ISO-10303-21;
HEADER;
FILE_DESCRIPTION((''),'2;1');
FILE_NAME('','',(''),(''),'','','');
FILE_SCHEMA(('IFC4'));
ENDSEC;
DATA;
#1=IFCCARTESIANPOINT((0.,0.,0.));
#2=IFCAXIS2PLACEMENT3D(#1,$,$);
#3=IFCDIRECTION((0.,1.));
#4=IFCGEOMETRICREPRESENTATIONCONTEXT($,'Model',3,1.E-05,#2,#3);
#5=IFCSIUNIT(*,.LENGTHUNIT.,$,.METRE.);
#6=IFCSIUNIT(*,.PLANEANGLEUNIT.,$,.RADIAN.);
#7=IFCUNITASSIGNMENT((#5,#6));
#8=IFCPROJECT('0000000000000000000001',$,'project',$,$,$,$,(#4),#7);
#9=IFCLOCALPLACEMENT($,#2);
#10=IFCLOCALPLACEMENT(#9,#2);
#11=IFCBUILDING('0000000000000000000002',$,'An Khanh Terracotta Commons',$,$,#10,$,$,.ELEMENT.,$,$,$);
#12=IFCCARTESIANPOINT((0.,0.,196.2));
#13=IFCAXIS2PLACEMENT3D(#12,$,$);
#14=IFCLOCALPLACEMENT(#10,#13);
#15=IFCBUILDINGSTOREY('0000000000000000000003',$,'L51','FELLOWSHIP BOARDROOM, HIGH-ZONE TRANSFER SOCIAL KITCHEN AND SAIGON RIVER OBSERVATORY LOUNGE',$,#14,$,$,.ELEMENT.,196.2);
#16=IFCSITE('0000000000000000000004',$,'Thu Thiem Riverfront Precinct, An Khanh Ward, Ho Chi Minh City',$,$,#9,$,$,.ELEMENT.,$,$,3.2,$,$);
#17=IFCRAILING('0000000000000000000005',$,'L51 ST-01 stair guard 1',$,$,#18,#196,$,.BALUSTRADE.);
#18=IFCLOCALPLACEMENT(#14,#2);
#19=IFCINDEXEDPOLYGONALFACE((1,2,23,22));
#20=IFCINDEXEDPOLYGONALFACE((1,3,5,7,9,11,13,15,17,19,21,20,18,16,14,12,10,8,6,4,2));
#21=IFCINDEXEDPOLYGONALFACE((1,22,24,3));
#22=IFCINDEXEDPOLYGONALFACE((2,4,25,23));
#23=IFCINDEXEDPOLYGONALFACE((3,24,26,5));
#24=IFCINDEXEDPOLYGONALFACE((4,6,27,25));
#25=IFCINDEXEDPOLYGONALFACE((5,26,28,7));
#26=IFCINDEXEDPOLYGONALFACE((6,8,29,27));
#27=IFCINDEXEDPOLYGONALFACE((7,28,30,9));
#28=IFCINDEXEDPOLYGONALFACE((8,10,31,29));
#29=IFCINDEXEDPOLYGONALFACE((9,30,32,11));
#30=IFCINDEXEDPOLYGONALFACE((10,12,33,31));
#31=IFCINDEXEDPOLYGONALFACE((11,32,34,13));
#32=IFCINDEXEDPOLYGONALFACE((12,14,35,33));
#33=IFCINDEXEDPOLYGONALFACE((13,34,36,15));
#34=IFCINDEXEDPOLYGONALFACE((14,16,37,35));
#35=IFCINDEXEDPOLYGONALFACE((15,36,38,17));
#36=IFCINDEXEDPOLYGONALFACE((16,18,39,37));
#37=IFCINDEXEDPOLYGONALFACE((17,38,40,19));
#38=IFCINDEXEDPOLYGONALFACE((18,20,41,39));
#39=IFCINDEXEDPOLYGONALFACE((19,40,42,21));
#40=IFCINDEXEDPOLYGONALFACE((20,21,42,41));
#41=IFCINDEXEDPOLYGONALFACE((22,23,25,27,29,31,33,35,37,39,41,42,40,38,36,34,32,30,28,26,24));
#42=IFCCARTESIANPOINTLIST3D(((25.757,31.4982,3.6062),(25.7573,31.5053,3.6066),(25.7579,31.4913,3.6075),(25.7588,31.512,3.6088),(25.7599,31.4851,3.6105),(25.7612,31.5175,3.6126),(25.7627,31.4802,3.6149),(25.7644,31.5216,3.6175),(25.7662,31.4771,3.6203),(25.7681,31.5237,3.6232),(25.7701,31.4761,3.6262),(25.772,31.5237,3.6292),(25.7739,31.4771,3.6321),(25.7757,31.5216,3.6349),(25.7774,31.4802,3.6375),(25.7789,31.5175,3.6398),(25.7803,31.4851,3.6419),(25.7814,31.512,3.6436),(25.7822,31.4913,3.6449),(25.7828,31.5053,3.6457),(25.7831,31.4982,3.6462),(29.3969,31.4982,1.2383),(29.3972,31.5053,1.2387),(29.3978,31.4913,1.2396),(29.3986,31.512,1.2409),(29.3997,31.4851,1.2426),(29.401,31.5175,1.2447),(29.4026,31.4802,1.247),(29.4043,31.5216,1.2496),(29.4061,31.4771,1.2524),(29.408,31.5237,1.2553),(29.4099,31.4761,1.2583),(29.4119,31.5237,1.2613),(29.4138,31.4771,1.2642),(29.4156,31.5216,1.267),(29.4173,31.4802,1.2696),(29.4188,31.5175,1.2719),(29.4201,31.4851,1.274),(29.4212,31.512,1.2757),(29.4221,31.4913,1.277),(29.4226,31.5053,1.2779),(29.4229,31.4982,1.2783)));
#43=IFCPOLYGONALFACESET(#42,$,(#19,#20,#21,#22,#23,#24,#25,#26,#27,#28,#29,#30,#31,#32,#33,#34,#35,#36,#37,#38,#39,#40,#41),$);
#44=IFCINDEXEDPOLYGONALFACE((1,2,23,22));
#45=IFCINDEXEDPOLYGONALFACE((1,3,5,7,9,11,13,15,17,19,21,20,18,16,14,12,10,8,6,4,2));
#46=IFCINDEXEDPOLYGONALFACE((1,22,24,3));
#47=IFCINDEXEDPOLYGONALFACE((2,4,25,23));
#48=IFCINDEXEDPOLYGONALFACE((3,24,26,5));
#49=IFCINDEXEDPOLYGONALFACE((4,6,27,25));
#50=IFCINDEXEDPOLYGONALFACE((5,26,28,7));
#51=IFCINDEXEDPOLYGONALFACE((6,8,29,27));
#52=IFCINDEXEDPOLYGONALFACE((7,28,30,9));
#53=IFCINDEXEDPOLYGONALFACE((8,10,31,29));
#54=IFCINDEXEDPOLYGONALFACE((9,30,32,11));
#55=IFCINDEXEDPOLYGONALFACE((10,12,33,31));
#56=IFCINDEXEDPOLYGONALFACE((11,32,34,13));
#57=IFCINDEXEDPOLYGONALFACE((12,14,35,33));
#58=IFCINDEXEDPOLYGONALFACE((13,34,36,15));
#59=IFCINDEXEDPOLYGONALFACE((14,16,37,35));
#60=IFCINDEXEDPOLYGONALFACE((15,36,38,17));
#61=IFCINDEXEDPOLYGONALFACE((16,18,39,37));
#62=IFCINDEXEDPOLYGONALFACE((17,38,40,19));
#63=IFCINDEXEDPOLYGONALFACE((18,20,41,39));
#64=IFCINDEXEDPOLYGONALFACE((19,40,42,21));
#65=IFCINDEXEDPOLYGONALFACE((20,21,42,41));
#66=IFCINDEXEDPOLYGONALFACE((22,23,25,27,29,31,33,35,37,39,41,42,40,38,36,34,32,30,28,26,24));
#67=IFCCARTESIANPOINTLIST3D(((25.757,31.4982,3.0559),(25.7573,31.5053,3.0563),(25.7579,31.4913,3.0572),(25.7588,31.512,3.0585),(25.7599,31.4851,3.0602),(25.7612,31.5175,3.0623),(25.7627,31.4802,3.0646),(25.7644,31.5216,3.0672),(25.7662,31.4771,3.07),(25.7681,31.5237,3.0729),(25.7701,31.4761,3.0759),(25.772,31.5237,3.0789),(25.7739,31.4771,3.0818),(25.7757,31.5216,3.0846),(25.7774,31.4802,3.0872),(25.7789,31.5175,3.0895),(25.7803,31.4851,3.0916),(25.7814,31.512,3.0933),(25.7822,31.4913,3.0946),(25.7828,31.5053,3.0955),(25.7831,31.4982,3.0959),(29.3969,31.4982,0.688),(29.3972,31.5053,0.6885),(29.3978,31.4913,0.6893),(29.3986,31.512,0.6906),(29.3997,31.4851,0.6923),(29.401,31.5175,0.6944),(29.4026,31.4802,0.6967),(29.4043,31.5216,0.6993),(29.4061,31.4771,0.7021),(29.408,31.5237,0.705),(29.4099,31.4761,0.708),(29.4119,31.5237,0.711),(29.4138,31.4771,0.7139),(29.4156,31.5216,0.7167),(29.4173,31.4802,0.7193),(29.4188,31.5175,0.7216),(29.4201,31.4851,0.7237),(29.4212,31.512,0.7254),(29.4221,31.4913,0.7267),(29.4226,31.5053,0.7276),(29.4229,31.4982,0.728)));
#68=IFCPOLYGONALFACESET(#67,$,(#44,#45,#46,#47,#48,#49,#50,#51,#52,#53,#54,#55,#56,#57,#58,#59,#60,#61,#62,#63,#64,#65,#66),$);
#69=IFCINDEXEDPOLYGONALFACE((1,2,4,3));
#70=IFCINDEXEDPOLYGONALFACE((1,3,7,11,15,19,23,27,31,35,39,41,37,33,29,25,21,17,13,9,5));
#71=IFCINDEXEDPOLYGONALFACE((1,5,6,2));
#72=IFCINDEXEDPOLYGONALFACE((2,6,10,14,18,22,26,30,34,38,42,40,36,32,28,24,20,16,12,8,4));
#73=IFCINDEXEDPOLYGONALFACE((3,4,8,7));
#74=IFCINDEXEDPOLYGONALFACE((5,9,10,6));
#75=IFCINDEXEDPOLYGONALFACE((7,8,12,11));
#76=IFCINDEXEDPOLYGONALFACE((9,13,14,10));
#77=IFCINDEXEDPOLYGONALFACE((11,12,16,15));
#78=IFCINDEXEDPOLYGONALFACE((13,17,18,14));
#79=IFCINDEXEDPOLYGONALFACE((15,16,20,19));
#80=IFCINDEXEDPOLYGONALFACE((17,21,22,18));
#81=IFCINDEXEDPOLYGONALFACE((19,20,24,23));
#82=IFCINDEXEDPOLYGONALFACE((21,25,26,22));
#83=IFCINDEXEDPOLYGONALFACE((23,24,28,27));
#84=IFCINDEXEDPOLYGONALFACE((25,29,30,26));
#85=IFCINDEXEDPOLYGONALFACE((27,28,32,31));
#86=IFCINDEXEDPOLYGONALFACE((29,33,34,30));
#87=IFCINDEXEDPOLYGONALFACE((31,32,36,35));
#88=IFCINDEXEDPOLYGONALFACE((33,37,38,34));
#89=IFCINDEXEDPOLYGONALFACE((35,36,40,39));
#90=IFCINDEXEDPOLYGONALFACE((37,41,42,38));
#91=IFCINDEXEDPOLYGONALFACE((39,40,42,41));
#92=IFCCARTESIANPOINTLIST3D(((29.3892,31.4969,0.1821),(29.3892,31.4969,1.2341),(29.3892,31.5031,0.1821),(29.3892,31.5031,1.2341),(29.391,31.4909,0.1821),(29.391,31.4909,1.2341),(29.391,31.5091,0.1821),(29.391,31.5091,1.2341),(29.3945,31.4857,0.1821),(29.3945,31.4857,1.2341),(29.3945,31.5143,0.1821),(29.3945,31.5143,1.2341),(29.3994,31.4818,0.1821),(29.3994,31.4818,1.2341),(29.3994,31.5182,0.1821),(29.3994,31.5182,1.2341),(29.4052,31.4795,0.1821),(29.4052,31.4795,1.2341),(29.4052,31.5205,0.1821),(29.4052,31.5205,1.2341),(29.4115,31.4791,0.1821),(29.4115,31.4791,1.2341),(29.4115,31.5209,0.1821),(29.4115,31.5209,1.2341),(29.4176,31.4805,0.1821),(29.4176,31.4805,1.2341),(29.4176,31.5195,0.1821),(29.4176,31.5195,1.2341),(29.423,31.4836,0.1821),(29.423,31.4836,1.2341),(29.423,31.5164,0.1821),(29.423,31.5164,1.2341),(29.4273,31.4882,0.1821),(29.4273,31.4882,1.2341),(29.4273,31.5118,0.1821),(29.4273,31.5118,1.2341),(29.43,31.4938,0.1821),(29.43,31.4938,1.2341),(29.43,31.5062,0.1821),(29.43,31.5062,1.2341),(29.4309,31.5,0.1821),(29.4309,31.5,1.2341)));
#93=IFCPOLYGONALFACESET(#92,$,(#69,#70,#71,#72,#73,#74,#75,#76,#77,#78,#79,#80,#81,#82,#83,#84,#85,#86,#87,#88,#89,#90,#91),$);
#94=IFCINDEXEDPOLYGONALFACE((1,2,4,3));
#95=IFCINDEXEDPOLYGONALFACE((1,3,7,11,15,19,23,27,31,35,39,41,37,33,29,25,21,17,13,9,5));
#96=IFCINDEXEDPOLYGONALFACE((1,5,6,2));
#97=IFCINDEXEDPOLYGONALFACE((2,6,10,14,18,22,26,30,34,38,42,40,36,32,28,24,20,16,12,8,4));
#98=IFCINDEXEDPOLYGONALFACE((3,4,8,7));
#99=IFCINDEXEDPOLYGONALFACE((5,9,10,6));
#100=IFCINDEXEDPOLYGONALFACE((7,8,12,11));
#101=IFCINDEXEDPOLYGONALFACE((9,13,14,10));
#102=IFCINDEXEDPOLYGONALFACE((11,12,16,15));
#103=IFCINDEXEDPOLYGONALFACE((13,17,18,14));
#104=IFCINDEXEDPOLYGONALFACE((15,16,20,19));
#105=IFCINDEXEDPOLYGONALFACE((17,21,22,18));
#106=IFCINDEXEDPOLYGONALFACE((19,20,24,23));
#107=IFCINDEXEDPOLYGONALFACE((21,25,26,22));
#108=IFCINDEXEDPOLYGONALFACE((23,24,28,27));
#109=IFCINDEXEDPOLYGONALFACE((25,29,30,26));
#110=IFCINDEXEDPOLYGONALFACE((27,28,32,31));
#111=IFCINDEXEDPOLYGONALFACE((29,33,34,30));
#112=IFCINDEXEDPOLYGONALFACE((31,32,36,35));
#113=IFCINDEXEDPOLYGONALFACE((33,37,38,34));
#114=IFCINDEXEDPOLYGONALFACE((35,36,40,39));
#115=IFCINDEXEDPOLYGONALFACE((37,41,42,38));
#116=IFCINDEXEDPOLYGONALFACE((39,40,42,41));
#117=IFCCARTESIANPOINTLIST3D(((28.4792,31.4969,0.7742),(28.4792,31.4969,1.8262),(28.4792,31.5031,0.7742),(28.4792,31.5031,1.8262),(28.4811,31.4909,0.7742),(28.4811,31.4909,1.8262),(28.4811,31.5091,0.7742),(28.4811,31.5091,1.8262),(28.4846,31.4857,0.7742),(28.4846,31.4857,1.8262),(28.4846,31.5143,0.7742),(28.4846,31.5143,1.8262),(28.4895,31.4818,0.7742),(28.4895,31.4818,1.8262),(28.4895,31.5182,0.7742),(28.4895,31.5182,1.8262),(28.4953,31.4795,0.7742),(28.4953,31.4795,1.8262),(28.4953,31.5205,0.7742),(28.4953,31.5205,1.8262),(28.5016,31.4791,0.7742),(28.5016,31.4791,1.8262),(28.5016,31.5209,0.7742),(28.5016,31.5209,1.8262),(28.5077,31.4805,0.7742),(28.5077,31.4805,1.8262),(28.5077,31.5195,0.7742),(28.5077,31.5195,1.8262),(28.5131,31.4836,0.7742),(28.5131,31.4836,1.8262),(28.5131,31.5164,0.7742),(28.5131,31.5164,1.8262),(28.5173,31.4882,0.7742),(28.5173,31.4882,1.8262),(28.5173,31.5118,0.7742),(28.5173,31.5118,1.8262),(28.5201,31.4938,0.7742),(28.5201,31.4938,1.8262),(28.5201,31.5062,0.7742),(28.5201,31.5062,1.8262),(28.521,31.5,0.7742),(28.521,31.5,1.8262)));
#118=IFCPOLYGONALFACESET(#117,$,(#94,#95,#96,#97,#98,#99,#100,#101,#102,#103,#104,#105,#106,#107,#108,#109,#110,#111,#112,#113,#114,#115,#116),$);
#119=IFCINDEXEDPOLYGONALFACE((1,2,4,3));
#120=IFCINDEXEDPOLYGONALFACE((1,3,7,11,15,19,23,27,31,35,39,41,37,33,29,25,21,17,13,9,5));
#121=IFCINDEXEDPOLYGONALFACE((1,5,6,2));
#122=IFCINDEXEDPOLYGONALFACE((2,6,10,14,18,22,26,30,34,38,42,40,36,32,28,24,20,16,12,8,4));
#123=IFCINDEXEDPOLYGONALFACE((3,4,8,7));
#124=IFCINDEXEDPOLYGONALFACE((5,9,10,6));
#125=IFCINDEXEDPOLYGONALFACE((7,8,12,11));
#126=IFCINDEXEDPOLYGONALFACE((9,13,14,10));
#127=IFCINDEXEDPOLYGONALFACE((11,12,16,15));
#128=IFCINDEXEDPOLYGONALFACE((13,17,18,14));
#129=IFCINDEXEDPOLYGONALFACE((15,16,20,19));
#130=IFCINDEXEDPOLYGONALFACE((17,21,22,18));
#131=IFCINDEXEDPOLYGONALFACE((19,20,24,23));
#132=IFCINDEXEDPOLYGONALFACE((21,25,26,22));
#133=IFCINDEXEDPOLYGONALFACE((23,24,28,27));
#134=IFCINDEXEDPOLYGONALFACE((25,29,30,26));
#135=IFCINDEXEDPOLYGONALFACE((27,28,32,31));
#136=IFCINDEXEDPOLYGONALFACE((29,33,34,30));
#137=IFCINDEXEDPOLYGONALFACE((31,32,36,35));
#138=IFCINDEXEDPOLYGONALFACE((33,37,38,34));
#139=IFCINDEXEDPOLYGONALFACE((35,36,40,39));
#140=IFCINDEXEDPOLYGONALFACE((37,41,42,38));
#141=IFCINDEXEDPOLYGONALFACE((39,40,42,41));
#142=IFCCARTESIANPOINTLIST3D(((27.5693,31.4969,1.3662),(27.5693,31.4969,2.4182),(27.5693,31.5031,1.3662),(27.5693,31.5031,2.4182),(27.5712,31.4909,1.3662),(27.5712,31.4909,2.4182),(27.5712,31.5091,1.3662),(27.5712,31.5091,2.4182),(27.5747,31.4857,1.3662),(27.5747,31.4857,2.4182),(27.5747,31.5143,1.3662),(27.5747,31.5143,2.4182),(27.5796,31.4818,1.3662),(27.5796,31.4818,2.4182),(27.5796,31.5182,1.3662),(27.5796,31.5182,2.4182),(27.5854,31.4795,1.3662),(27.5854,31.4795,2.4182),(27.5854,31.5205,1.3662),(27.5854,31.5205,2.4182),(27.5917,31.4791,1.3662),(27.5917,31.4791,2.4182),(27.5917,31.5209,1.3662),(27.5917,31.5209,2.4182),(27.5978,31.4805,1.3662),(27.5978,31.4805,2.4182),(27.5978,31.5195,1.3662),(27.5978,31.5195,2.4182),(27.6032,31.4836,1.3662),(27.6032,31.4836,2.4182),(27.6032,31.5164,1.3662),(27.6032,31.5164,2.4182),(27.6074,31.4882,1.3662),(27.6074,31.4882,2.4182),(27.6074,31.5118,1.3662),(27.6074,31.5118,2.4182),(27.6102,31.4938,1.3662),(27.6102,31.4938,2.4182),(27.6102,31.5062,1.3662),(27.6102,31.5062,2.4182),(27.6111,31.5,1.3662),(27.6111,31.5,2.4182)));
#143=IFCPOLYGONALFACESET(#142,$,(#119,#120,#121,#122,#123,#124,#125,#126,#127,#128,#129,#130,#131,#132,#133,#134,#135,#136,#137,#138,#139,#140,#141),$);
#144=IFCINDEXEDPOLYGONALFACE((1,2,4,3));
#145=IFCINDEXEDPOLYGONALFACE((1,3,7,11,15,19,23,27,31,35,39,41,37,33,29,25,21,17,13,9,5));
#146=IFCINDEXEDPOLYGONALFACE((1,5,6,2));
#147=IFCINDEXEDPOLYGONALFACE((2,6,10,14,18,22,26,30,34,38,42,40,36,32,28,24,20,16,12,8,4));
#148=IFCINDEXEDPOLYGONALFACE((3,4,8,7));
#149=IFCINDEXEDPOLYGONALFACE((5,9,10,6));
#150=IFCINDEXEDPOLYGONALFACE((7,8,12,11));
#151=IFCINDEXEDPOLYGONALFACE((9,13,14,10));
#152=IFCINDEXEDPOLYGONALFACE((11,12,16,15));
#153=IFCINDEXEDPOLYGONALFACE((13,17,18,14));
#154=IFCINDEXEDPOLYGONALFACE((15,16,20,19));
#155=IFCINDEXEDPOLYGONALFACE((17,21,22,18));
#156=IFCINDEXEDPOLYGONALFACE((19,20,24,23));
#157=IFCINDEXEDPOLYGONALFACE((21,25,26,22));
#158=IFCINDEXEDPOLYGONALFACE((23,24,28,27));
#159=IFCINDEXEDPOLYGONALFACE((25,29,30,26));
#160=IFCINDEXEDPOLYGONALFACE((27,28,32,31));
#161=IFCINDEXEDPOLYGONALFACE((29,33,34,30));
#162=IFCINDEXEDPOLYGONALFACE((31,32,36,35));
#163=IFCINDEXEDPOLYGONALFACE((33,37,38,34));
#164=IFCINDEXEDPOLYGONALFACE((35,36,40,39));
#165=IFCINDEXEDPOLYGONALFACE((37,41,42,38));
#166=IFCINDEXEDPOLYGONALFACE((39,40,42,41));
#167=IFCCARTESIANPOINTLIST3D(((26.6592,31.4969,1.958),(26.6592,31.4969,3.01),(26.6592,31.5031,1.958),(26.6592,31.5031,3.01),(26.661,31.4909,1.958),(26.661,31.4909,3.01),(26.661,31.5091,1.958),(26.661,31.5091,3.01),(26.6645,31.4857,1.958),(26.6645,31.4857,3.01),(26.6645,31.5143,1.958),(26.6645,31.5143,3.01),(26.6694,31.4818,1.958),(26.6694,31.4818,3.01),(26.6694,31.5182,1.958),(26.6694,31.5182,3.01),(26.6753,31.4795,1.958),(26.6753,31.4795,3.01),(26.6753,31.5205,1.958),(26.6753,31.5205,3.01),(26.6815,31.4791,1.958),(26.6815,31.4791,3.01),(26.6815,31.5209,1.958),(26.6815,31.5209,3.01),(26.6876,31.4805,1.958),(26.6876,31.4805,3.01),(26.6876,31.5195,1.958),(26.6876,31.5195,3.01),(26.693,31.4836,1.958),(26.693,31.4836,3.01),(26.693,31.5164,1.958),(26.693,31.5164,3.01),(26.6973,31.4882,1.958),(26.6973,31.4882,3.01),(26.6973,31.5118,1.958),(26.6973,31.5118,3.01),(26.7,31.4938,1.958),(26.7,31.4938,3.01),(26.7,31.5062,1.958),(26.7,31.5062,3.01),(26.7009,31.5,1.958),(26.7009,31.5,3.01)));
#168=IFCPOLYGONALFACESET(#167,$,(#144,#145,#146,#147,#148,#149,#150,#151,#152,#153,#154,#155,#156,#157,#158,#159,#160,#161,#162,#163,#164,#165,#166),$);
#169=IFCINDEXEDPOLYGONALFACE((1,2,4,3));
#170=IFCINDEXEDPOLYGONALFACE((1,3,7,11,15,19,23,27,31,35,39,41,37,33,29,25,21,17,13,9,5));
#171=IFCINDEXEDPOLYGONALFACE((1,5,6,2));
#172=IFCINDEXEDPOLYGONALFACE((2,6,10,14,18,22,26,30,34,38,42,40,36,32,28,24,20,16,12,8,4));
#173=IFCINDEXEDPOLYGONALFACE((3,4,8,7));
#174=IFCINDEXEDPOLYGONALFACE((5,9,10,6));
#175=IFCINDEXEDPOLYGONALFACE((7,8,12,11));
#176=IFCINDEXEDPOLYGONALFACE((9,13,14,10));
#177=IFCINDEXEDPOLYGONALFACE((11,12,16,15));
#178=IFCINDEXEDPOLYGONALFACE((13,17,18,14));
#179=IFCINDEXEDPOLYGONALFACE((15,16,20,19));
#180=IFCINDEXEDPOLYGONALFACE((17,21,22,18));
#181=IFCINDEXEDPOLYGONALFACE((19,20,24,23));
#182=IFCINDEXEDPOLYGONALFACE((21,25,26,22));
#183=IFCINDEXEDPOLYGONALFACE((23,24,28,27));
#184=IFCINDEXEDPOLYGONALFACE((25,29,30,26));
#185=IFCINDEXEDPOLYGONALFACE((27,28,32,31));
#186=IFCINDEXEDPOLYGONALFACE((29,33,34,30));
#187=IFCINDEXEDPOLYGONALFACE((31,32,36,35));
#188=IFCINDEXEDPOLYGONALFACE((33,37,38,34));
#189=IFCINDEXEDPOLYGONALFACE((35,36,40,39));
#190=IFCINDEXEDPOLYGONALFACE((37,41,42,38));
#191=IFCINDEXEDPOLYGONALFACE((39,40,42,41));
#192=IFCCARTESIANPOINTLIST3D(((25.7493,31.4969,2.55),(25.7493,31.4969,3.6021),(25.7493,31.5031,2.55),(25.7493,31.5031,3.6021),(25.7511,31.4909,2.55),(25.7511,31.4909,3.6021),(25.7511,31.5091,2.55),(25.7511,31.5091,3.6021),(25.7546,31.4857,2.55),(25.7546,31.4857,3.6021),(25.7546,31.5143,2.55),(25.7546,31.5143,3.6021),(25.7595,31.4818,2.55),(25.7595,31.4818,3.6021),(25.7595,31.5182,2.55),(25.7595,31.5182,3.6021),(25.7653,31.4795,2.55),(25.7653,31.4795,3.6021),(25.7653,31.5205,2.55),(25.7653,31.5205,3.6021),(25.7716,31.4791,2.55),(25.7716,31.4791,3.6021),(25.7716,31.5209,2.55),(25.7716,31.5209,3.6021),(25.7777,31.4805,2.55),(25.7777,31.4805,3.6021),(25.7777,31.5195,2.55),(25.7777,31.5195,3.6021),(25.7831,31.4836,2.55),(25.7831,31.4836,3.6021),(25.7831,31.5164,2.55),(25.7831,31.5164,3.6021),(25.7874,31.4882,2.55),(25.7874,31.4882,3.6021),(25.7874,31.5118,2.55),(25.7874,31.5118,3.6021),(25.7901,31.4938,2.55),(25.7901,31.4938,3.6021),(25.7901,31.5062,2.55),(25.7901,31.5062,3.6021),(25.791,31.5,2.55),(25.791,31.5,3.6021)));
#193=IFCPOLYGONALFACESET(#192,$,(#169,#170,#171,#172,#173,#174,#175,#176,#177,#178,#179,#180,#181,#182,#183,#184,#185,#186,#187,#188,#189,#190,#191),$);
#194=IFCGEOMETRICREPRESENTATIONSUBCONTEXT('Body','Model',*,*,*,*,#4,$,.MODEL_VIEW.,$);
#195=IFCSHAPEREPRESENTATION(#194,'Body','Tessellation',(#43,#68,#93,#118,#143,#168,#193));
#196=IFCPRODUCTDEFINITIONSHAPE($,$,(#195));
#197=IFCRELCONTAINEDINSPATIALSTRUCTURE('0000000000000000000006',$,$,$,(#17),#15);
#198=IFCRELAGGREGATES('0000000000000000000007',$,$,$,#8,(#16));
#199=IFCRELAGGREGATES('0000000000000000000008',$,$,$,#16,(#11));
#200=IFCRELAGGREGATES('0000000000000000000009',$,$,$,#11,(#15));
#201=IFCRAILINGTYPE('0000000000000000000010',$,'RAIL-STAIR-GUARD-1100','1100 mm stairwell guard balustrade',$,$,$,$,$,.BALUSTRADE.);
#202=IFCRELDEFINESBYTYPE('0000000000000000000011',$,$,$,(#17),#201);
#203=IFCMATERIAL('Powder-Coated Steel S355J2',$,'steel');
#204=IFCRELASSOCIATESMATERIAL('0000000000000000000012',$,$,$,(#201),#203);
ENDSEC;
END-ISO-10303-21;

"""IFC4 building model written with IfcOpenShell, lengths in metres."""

from ifc_helpers import new_model, si_unit, direction, frame, origin, origin_2d, place, context, subcontext, project, spatial, circle, extrude, material, type_object, element, save


model = new_model("IFC4")

# Units and contexts
model_context = context("Model", 3, precision=1e-05, world=origin(), true_north=direction((0.0, 1.0)))
body_context = subcontext(model_context, "Body", "Model", "MODEL_VIEW")
ifc_project = project(units=[si_unit("LENGTHUNIT", "METRE"), si_unit("PLANEANGLEUNIT", "RADIAN")], contexts=[model_context])

# Site, building, storey
site_placement = place(None, origin())
site = spatial("IfcSite", under=ifc_project, at=site_placement, Name="Thu Thiem Riverfront Precinct, An Khanh Ward, Ho Chi Minh City", CompositionType="ELEMENT", RefElevation=3.2)
building_placement = place(site_placement, origin())
building = spatial("IfcBuilding", under=site, at=building_placement, Name="An Khanh Terracotta Commons", CompositionType="ELEMENT")
storey_placement = place(building_placement, frame((0.0, 0.0, 196.2)))
storey = spatial("IfcBuildingStorey", under=building, at=storey_placement, Name="L51", Description="FELLOWSHIP BOARDROOM, HIGH-ZONE TRANSFER SOCIAL KITCHEN AND SAIGON RIVER OBSERVATORY LOUNGE", CompositionType="ELEMENT", Elevation=196.2)

# Railing
ifc_material_1 = material(Name="Powder-Coated Steel S355J2", Category="steel")
railing_type_1 = type_object("IfcRailingType", Name="RAIL-STAIR-GUARD-1100", Description="1100 mm stairwell guard balustrade", PredefinedType="BALUSTRADE", material=ifc_material_1)
railing_1_placement = place(storey_placement, frame((29.4099, 31.5, 0.1821)))
element("IfcRailing", 1, at=railing_1_placement, inside=storey, type_object=railing_type_1, Name="L51 ST-01 stair guard 1", PredefinedType="BALUSTRADE", context=body_context, shape_type="SweptSolid", body=[
    extrude(circle(Radius=0.0239, at=origin_2d()), frame((0.0, 0.0, 1.0762), z_axis=(-0.838234, 0.0, 0.54531), x_axis=(0.0, -1.0, 0.0)), (0.0, 0.0, 1.0), 4.3423),
    extrude(circle(Radius=0.0239, at=origin_2d()), frame((0.0, 0.0, 0.5259), z_axis=(-0.838234, 0.0, 0.54531), x_axis=(0.0, -1.0, 0.0)), (0.0, 0.0, 1.0), 4.3423),
    extrude(circle(Radius=0.021, at=origin_2d()), origin(), (0.0, 0.0, 1.0), 1.052),
    extrude(circle(Radius=0.021, at=origin_2d()), frame((-0.9099, 0.0, 0.592)), (0.0, 0.0, 1.0), 1.052),
    extrude(circle(Radius=0.021, at=origin_2d()), frame((-1.8198, 0.0, 1.1841)), (0.0, 0.0, 1.0), 1.052),
    extrude(circle(Radius=0.021, at=origin_2d()), frame((-2.73, 0.0, 1.7759)), (0.0, 0.0, 1.0), 1.052),
    extrude(circle(Radius=0.021, at=origin_2d()), frame((-3.6399, 0.0, 2.3679)), (0.0, 0.0, 1.0), 1.052),
])

save(model, "model.ifc")
